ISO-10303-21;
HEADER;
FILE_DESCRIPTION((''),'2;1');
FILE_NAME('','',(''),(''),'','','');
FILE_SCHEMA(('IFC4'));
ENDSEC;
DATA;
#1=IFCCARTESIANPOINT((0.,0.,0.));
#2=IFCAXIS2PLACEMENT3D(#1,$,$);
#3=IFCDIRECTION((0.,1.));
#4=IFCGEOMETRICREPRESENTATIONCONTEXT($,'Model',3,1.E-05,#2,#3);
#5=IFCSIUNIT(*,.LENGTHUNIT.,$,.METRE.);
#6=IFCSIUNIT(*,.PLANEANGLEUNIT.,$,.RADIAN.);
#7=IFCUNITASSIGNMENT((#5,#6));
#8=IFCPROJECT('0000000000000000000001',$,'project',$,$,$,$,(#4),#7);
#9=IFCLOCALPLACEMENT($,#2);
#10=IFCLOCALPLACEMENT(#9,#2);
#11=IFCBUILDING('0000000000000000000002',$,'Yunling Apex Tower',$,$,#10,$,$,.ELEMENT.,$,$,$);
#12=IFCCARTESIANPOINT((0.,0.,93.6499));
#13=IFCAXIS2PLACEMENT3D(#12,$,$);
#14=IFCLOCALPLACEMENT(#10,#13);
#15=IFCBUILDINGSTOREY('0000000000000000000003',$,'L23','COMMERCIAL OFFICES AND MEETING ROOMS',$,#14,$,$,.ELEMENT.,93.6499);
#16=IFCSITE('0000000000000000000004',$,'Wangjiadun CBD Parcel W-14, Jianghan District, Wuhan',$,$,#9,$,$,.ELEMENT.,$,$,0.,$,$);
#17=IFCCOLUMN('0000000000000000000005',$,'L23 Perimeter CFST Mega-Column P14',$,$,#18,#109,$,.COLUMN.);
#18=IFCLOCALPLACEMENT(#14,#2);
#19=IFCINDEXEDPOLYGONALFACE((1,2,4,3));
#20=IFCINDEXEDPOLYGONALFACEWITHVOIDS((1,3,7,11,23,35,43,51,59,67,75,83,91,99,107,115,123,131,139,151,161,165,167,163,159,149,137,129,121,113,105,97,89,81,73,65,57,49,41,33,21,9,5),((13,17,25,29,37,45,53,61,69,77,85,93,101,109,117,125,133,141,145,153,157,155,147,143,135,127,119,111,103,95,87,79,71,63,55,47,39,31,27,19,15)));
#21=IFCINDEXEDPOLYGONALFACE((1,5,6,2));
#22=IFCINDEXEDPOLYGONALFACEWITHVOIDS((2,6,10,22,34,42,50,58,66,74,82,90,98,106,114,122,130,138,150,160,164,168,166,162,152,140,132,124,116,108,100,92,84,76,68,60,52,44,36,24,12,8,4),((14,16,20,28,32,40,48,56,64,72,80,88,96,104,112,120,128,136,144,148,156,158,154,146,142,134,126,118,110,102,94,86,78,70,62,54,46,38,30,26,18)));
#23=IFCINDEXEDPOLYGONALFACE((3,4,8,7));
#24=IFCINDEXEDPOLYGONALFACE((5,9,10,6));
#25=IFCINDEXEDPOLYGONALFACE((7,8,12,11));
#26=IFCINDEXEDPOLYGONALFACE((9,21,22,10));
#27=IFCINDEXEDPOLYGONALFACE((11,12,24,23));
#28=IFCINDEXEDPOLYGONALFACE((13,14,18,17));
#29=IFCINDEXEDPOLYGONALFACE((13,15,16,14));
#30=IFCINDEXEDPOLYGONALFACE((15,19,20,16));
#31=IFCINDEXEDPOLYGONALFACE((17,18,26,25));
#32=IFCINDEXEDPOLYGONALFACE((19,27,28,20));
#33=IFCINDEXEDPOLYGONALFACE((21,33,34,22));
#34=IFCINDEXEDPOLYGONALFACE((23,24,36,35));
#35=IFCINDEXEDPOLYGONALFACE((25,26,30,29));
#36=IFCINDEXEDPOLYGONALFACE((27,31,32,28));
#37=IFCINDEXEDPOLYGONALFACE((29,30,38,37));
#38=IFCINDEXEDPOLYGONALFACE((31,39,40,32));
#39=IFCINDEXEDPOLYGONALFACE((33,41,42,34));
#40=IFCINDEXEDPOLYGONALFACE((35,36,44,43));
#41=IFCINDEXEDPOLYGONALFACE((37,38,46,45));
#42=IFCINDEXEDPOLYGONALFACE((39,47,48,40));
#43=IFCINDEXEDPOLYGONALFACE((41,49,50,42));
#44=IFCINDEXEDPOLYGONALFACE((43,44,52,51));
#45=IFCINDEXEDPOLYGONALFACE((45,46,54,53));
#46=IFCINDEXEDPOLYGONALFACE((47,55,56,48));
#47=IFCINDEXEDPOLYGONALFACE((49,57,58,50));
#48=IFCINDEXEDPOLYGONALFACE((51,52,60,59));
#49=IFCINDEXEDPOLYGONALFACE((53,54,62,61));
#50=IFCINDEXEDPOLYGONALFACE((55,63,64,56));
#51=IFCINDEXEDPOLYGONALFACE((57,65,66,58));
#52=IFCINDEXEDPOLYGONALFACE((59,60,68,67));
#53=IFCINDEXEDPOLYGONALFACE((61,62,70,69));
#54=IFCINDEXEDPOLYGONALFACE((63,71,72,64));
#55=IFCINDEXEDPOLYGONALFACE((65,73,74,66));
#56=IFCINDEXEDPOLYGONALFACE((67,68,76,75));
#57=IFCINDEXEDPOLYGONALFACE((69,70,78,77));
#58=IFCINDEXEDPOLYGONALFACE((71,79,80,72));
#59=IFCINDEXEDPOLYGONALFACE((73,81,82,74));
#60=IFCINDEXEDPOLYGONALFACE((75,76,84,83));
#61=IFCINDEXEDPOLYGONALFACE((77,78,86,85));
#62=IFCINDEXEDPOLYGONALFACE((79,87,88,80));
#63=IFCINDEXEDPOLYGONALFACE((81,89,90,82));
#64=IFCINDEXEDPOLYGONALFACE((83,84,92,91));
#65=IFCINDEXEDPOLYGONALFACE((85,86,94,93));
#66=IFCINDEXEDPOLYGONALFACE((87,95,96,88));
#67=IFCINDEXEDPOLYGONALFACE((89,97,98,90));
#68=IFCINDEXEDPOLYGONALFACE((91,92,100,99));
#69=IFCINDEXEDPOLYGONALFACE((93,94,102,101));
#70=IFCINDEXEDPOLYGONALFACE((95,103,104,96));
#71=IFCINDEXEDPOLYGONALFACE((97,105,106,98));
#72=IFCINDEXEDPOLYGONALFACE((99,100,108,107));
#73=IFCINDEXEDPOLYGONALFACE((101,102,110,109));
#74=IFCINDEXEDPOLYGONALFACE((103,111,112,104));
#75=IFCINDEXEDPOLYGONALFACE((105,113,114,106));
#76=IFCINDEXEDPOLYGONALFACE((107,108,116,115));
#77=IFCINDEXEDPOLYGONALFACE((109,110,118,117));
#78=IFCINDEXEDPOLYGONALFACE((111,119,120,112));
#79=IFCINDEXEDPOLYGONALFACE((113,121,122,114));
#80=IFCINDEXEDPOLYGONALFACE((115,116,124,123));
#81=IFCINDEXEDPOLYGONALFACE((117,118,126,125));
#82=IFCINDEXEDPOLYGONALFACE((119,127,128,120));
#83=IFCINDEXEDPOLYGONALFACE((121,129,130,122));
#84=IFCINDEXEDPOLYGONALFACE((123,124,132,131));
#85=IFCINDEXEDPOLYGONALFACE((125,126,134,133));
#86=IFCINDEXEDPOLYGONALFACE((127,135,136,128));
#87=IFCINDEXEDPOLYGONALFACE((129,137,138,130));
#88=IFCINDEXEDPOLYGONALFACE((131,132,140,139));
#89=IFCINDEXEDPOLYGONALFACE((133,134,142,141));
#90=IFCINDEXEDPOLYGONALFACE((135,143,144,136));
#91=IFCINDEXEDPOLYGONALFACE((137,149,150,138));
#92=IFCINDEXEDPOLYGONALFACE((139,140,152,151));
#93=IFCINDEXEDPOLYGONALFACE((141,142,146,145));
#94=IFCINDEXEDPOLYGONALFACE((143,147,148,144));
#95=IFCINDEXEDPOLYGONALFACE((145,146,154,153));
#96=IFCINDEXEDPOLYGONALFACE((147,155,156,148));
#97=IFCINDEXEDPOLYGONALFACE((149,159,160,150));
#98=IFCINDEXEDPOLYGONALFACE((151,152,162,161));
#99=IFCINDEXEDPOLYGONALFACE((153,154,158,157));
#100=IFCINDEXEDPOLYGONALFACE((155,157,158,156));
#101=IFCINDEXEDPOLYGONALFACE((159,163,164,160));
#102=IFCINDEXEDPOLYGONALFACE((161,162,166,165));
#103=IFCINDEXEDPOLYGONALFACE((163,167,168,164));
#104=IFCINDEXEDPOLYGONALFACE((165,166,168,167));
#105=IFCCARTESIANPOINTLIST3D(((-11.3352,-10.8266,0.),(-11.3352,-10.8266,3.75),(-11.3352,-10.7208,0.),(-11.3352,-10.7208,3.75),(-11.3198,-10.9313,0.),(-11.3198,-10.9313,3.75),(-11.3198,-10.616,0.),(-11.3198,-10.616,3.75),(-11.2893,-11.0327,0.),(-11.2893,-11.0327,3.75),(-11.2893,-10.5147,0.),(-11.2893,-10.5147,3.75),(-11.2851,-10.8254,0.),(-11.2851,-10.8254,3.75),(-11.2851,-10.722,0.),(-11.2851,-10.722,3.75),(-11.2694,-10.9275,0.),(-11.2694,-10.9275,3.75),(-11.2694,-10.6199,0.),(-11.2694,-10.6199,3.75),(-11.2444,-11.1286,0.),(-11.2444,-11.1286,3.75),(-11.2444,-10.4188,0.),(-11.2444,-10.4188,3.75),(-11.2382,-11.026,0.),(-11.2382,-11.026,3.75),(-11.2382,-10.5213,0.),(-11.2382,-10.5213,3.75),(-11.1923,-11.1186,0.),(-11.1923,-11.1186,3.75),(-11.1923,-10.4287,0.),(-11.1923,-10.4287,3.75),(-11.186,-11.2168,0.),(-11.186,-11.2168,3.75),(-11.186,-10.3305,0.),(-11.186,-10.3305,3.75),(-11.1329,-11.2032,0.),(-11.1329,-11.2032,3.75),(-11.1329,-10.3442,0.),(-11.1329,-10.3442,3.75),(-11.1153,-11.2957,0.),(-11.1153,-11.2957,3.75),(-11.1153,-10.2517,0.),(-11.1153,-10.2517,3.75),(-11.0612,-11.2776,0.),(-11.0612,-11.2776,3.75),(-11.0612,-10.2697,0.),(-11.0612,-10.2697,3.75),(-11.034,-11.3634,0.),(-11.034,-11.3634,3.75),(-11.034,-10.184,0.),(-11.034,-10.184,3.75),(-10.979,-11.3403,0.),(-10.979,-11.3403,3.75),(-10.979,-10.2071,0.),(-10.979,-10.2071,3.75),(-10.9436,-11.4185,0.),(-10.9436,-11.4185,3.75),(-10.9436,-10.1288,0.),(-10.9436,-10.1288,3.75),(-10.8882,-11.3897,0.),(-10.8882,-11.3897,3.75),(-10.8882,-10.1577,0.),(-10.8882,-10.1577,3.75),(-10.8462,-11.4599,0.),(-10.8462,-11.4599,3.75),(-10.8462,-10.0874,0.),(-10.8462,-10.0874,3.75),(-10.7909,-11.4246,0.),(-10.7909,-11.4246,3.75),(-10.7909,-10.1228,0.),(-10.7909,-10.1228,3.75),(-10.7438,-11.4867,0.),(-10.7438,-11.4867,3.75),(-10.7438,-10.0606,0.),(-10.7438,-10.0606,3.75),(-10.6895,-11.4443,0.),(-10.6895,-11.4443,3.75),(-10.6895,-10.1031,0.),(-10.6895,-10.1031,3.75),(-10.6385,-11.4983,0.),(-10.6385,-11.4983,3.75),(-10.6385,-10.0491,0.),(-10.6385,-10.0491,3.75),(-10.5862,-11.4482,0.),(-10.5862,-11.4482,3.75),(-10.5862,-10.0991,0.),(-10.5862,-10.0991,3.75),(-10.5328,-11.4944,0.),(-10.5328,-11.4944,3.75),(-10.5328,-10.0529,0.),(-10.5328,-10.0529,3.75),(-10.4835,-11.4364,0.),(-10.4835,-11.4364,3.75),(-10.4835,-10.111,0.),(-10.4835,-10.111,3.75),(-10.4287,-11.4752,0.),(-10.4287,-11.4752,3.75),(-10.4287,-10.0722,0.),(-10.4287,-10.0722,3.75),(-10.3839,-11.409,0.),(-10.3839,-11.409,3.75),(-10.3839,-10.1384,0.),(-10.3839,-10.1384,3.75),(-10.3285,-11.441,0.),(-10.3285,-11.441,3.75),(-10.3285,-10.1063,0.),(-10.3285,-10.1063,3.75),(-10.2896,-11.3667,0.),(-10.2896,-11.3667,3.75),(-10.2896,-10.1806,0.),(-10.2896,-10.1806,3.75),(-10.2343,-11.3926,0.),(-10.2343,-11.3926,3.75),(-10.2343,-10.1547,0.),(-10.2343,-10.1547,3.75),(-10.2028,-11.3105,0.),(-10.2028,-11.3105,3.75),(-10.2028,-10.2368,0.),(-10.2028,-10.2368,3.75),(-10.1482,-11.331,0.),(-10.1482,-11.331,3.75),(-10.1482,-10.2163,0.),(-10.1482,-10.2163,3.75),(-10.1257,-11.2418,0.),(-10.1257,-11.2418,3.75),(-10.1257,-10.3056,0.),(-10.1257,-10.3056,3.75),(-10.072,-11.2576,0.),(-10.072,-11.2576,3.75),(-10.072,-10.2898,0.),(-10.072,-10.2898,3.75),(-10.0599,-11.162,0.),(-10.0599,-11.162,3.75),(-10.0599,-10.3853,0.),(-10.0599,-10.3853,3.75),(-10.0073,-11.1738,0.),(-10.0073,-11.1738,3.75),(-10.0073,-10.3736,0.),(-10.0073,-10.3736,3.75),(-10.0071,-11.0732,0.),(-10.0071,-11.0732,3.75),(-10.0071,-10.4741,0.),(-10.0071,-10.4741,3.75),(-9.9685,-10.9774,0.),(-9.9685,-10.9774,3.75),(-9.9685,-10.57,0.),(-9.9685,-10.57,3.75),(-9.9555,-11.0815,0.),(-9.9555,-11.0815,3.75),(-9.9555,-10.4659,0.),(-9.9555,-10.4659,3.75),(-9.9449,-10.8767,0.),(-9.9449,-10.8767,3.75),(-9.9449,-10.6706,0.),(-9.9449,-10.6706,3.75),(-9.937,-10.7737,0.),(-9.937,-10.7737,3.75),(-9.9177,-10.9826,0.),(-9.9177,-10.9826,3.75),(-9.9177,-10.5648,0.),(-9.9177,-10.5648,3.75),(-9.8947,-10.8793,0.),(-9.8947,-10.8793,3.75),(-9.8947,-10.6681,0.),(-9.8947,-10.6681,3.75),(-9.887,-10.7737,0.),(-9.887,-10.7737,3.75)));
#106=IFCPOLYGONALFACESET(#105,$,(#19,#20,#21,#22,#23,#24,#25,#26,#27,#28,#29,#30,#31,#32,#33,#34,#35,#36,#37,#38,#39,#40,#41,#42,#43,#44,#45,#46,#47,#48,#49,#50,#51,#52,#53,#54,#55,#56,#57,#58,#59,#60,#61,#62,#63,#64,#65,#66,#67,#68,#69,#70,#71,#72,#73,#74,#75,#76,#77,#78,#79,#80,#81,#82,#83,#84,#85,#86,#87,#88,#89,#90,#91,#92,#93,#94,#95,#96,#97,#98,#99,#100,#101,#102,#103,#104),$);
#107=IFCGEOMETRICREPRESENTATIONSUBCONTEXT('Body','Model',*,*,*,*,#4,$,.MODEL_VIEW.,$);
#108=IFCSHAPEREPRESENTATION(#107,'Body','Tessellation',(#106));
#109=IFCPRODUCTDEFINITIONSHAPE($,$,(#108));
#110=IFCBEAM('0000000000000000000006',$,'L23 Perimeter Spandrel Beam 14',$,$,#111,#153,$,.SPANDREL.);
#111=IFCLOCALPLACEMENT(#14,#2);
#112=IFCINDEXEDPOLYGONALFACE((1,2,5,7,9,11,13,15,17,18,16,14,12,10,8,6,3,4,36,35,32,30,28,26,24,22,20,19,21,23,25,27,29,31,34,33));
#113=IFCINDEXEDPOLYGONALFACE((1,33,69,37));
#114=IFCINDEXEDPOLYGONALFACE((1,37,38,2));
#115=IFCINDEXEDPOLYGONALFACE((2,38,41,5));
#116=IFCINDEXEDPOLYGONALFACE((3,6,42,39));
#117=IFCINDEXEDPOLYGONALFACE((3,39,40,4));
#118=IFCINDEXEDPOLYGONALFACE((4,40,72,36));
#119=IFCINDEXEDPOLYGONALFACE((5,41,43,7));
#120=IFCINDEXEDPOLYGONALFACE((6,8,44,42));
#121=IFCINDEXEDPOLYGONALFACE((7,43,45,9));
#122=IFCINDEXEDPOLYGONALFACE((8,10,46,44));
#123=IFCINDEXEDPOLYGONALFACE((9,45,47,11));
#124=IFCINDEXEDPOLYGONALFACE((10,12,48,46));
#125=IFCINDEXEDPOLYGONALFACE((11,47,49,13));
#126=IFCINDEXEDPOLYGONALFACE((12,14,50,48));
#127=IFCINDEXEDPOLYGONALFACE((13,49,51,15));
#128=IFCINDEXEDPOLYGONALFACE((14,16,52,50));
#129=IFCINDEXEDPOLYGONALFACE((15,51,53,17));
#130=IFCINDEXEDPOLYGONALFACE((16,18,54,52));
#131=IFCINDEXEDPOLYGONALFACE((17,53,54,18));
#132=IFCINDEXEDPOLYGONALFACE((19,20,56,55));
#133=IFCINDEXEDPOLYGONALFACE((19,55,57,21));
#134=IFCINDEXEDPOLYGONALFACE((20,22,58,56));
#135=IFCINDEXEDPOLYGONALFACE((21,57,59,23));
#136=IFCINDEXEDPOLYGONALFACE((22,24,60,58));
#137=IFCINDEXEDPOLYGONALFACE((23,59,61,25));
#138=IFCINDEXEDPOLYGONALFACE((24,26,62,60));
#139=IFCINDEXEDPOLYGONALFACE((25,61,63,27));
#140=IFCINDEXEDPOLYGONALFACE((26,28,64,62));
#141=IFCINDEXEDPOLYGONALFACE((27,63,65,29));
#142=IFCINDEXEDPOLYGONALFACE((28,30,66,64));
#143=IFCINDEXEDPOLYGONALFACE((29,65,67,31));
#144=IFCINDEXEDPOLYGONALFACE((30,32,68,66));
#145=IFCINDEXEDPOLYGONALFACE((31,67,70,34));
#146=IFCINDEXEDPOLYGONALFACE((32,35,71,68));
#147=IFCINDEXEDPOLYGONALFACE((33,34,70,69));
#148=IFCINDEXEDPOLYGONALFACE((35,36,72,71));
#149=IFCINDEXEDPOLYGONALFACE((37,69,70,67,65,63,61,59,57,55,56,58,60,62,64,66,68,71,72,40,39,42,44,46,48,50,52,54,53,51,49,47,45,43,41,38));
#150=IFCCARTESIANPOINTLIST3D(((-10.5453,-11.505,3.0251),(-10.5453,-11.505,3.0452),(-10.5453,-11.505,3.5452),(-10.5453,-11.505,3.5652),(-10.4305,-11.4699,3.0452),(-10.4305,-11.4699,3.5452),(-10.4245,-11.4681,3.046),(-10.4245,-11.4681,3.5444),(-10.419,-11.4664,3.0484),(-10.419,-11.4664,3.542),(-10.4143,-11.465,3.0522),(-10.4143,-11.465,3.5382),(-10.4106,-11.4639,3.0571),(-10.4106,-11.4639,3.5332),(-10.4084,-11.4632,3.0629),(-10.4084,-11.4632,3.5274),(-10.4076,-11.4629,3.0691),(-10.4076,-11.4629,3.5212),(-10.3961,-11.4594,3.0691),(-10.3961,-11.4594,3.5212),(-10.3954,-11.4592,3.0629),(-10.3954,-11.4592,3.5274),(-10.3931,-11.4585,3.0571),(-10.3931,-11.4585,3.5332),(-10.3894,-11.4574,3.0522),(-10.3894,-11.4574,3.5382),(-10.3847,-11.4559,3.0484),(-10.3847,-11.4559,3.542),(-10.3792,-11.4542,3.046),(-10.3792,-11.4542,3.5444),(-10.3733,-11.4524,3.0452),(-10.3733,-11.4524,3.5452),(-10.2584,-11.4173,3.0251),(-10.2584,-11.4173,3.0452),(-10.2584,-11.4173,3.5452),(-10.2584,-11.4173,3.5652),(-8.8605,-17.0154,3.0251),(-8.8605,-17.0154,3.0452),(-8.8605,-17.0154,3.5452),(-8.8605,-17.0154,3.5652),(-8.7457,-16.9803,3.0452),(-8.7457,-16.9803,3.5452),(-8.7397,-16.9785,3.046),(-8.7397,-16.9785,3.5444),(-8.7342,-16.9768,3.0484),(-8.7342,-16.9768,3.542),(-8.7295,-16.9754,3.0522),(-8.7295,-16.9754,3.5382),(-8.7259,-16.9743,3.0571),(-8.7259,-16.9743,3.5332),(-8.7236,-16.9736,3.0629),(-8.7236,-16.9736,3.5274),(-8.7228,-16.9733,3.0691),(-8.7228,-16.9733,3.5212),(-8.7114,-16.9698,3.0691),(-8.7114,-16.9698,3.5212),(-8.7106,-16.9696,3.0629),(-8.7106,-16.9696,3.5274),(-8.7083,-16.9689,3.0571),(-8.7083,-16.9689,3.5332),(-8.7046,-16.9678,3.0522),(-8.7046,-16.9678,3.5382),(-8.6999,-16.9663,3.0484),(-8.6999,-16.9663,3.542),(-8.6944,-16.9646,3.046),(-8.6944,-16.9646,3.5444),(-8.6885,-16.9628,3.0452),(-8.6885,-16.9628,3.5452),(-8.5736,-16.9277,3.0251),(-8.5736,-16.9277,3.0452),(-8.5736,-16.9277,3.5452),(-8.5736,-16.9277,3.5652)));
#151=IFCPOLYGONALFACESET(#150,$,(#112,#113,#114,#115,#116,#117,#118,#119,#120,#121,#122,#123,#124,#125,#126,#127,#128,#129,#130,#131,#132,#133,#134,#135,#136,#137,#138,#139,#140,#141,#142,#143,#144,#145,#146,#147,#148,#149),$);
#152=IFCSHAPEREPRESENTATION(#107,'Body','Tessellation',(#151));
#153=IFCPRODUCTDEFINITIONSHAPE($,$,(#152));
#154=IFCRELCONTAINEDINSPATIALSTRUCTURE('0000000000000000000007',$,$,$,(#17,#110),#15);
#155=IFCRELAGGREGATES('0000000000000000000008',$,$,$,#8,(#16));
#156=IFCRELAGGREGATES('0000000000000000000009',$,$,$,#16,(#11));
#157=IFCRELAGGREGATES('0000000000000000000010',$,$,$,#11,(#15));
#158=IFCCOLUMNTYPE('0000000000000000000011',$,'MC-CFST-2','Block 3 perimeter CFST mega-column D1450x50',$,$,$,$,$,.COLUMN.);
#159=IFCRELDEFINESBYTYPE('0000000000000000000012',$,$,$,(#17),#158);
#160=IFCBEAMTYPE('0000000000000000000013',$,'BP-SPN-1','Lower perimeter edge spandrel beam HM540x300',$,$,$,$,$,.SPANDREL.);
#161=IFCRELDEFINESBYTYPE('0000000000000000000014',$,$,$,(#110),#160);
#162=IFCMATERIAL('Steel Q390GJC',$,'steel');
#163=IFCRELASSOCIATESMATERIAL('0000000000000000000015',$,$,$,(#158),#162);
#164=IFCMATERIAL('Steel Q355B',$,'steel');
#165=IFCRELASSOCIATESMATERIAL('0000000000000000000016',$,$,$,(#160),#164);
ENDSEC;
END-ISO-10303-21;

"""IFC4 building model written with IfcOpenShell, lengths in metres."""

from ifc_helpers import new_model, si_unit, direction, frame, origin, origin_2d, place, context, subcontext, project, spatial, hollow_circle, i_section, extrude, source, transform, mapped, material, material_profile, profile_set, type_object, element, save


model = new_model("IFC4")

# Units and contexts
model_context = context("Model", 3, precision=1e-05, world=origin(), true_north=direction((0.0, 1.0)))
body_context = subcontext(model_context, "Body", "Model", "MODEL_VIEW")
ifc_project = project(units=[si_unit("LENGTHUNIT", "METRE"), si_unit("PLANEANGLEUNIT", "RADIAN")], contexts=[model_context])

# Site, building, storey
site_placement = place(None, origin())
site = spatial("IfcSite", under=ifc_project, at=site_placement, Name="Wangjiadun CBD Parcel W-14, Jianghan District, Wuhan", CompositionType="ELEMENT", RefElevation=0.0)
building_placement = place(site_placement, origin())
building = spatial("IfcBuilding", under=site, at=building_placement, Name="Yunling Apex Tower", CompositionType="ELEMENT")
storey_placement = place(building_placement, frame((0.0, 0.0, 93.6499)))
storey = spatial("IfcBuildingStorey", under=building, at=storey_placement, Name="L23", Description="COMMERCIAL OFFICES AND MEETING ROOMS", CompositionType="ELEMENT", Elevation=93.6499)

# Column
ifc_material_1 = material(Name="Steel Q390GJC", Category="steel")
ifc_material_profile_1 = material_profile(ifc_material_1, hollow_circle(Radius=0.7251, WallThickness=0.05, at=origin_2d()))
ifc_profile_set_1 = profile_set([ifc_material_profile_1], Name="Steel Q390GJC")
column_type = type_object("IfcColumnType", Name="MC-CFST-2", Description="Block 3 perimeter CFST mega-column D1450x50", PredefinedType="COLUMN", material=ifc_profile_set_1)
shared_shape_1 = source(origin(), body_context, "Body", "SweptSolid", [
    extrude(hollow_circle(Radius=0.7251, WallThickness=0.05, at=origin_2d()), origin(), (0.0, 0.0, 1.0), 3.75),
])
column_placement = place(storey_placement, frame((-10.6121, -10.7737, 0.0), z_axis=(0.0, 0.0, 1.0), x_axis=(1.0, 0.0, 0.0)))
element("IfcColumn", 1, at=column_placement, inside=storey, type_object=column_type, Name="L23 Perimeter CFST Mega-Column P14", PredefinedType="COLUMN", context=body_context, shape_type="MappedRepresentation", body=[
    mapped(shared_shape_1, transform((0.0, 0.0, 0.0), scale=1.0)),
])

# Beam
ifc_material_2 = material(Name="Steel Q355B", Category="steel")
ifc_material_profile_2 = material_profile(ifc_material_2, i_section(OverallWidth=0.3, OverallDepth=0.54, WebThickness=0.012, FlangeThickness=0.02, FilletRadius=0.0239, at=origin_2d()))
ifc_profile_set_2 = profile_set([ifc_material_profile_2], Name="Steel Q355B")
beam_type_1 = type_object("IfcBeamType", Name="BP-SPN-1", Description="Lower perimeter edge spandrel beam HM540x300", PredefinedType="SPANDREL", material=ifc_profile_set_2)
shared_shape_2 = source(origin(), body_context, "Body", "SweptSolid", [
    extrude(i_section(OverallWidth=0.3, OverallDepth=0.54, WebThickness=0.012, FlangeThickness=0.02, FilletRadius=0.0239, at=origin_2d()), origin(), (0.0, 0.0, 1.0), 5.7622),
])
beam_1_placement = place(storey_placement, frame((-10.4019, -11.4612, 3.2952), z_axis=(0.292385, -0.956301, 0.0), x_axis=(0.956301, 0.292385, 0.0)))
element("IfcBeam", 2, at=beam_1_placement, inside=storey, type_object=beam_type_1, Name="L23 Perimeter Spandrel Beam 14", PredefinedType="SPANDREL", context=body_context, shape_type="MappedRepresentation", body=[
    mapped(shared_shape_2, transform((0.0, 0.0, 0.0), scale=1.0)),
])

save(model, "model.ifc")
